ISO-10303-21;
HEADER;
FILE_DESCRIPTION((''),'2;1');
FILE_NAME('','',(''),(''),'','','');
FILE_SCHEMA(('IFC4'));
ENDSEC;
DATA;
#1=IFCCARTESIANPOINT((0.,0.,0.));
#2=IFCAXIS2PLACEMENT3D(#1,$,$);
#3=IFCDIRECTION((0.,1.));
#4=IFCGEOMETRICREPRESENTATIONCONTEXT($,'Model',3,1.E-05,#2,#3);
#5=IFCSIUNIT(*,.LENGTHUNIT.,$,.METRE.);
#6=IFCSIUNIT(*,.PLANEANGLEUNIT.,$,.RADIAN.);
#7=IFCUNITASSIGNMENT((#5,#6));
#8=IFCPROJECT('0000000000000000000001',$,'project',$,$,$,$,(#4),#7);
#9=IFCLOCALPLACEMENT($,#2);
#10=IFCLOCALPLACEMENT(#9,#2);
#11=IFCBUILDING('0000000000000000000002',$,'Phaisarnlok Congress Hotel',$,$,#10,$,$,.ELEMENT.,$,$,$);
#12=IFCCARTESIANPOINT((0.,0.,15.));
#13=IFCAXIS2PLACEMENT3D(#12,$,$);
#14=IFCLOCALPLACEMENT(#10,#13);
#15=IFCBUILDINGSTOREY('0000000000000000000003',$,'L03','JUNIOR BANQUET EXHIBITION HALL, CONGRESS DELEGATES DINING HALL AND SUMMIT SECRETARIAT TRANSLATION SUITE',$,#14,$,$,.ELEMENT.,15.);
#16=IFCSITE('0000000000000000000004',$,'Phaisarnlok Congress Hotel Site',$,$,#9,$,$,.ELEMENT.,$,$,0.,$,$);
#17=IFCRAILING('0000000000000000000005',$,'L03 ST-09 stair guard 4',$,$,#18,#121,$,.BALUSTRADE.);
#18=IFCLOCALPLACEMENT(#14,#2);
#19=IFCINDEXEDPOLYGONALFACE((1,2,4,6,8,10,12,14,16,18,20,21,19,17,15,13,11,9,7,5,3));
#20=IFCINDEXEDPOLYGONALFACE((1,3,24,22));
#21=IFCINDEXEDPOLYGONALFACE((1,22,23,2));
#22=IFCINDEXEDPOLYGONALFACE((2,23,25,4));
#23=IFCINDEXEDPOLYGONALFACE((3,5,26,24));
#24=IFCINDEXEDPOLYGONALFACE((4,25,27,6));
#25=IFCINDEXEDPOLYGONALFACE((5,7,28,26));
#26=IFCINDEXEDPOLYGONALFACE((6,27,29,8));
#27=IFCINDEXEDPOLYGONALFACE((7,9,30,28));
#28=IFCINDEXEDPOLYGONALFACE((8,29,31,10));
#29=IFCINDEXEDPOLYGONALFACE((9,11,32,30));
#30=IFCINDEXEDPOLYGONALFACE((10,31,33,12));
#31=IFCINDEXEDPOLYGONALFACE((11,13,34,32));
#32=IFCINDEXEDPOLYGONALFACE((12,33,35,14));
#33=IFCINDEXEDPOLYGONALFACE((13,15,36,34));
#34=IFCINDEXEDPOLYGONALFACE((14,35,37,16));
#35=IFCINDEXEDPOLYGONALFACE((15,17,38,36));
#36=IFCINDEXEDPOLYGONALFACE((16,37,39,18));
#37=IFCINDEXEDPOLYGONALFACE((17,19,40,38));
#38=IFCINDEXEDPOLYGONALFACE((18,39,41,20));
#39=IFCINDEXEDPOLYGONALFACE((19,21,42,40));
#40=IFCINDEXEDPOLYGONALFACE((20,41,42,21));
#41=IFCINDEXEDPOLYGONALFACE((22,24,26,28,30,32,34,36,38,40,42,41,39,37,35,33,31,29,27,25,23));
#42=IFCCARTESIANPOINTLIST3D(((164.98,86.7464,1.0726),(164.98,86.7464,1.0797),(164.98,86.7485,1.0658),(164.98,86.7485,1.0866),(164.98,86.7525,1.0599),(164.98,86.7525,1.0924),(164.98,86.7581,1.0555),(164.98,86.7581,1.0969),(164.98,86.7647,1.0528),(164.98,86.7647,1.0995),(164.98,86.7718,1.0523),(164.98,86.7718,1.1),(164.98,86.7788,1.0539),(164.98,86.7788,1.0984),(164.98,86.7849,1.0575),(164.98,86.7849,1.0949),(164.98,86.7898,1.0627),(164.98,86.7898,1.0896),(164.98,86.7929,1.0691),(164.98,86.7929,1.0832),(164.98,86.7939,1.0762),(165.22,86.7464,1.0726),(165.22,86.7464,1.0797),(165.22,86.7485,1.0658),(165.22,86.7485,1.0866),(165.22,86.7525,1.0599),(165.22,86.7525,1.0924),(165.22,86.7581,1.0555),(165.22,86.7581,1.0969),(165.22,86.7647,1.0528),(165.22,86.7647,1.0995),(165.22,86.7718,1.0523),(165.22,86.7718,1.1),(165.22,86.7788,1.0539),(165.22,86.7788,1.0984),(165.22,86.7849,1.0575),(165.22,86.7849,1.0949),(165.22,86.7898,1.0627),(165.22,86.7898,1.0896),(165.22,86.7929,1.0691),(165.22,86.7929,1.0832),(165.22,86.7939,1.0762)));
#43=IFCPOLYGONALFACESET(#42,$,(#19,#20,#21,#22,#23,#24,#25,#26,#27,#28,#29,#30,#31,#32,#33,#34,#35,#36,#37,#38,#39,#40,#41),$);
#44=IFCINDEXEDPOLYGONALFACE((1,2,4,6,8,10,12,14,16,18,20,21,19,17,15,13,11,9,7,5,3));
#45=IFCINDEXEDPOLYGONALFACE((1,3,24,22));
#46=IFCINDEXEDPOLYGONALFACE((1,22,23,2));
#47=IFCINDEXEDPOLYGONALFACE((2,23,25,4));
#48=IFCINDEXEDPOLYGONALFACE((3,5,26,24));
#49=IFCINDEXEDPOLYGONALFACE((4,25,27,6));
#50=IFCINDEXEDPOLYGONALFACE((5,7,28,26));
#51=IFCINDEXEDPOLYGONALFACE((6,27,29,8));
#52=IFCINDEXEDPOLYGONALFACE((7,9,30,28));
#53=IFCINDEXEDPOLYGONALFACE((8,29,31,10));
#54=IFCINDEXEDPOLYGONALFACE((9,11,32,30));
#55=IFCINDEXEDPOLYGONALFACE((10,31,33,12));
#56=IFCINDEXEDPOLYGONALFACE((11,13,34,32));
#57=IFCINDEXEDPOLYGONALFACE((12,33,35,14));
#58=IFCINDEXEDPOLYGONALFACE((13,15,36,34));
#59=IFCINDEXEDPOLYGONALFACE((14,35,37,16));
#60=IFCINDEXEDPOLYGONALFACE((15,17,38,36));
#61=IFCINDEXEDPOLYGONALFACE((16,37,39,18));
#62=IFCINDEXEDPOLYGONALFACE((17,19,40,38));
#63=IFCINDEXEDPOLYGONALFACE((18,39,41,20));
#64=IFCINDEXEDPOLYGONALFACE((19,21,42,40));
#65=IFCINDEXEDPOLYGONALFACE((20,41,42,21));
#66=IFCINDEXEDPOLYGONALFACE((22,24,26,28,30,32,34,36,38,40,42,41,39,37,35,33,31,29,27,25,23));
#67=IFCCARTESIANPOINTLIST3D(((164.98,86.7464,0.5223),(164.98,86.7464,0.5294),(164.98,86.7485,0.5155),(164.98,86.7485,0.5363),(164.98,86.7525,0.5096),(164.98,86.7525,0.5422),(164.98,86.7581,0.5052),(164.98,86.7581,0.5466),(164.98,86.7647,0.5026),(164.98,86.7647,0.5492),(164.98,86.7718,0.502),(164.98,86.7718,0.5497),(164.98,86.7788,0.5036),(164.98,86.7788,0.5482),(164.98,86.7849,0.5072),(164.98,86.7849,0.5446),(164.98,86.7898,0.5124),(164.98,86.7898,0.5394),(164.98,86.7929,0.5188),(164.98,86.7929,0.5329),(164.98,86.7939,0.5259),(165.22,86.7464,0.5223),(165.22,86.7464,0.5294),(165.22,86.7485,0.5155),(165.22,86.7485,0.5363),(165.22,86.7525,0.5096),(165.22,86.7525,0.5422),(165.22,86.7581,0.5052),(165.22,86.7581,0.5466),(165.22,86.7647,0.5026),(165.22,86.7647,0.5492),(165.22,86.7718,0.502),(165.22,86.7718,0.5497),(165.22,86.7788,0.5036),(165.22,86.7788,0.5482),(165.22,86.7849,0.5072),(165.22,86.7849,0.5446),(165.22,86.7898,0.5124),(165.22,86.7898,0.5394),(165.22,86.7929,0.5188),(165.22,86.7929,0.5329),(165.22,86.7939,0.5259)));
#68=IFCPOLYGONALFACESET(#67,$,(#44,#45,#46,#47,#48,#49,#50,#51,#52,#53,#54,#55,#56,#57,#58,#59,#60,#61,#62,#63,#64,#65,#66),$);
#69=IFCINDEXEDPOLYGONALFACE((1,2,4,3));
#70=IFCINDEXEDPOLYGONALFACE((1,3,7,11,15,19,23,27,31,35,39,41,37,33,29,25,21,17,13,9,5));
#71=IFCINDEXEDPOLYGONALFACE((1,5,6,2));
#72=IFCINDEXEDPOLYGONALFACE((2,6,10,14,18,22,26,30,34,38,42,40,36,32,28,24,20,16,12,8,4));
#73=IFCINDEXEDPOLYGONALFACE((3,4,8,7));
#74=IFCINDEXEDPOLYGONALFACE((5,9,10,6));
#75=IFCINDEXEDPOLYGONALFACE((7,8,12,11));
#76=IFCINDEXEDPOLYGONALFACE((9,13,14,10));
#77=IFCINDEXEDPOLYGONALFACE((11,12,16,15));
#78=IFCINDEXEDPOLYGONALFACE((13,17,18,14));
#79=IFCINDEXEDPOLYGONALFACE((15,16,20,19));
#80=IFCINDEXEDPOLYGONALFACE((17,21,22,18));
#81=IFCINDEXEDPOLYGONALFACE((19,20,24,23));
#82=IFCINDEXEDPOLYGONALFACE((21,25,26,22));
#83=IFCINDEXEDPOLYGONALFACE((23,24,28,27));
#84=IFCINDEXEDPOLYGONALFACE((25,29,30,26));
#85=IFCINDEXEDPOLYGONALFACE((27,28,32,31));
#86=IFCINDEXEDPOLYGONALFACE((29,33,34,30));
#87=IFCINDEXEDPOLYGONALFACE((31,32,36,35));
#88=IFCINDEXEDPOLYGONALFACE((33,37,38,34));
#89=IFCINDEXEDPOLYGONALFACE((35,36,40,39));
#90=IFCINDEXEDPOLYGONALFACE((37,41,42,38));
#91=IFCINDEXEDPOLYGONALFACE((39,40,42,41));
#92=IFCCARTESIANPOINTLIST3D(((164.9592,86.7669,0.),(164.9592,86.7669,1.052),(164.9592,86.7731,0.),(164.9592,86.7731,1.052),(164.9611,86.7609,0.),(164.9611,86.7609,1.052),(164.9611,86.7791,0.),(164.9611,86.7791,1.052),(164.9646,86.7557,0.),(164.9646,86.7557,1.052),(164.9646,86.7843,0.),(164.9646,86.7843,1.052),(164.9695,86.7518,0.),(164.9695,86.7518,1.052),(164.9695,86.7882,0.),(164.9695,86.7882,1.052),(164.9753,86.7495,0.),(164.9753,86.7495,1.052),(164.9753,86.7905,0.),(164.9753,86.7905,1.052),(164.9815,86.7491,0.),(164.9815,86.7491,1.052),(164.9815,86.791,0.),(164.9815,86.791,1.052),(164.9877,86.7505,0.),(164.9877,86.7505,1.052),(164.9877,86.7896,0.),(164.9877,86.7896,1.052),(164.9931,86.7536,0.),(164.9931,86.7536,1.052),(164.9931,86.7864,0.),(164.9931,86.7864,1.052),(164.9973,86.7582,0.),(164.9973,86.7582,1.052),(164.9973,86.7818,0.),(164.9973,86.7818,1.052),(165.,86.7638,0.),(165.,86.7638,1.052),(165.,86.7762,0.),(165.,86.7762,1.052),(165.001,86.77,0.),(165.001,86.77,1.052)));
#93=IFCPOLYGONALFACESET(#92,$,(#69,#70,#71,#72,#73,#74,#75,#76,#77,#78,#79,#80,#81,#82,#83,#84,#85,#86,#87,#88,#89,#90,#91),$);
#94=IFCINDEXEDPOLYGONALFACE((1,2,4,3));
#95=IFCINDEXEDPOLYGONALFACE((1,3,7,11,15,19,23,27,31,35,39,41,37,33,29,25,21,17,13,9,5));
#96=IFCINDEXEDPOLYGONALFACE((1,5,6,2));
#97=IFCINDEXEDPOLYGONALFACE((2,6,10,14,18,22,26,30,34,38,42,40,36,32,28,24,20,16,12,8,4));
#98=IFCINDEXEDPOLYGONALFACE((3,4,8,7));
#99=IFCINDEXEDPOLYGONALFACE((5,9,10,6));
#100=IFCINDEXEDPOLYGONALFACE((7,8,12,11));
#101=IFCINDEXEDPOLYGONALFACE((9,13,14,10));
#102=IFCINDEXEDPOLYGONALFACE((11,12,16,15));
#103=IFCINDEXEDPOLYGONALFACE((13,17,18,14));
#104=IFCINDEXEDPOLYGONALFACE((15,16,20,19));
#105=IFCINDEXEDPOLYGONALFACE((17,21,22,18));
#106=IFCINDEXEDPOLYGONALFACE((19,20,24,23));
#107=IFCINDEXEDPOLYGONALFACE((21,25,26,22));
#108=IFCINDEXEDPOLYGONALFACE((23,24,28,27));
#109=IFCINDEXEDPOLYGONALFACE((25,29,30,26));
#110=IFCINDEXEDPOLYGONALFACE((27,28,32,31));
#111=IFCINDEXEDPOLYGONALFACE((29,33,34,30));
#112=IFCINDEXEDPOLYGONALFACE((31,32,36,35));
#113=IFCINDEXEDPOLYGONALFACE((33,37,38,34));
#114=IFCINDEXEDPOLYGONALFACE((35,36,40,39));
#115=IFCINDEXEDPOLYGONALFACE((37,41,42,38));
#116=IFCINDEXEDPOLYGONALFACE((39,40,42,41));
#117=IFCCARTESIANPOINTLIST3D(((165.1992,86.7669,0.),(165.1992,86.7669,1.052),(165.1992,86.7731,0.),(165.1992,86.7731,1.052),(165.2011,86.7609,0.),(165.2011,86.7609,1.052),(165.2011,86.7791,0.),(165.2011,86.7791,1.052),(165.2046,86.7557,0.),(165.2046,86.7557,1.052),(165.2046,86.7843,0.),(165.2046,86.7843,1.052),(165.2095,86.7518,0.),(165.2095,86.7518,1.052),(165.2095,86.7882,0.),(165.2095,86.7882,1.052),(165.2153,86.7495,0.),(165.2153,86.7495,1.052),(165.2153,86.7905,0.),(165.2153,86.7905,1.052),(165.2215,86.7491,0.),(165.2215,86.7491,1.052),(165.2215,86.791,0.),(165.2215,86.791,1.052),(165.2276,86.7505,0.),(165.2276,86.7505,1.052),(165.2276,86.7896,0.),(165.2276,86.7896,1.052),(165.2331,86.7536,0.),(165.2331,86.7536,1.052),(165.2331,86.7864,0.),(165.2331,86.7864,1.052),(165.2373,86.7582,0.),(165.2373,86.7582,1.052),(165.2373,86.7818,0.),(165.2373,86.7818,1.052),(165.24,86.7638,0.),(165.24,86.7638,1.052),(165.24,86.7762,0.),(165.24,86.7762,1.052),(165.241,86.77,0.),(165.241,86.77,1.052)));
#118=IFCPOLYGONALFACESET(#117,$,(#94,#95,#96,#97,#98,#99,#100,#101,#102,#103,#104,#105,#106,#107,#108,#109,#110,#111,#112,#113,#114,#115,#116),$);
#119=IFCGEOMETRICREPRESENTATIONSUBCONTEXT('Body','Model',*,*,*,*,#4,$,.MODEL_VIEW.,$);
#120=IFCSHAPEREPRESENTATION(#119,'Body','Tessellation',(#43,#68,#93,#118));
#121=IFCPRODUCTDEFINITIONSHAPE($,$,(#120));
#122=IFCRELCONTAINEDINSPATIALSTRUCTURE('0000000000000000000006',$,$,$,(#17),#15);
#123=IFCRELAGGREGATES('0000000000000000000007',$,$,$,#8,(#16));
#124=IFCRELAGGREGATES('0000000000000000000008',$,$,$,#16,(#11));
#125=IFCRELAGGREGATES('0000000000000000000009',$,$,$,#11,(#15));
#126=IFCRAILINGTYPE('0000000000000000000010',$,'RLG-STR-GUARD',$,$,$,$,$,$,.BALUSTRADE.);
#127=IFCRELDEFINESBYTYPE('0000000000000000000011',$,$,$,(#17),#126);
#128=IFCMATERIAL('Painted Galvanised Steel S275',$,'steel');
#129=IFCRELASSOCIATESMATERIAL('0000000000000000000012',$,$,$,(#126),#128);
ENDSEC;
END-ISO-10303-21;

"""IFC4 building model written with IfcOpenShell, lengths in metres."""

from ifc_helpers import new_model, si_unit, direction, frame, origin, origin_2d, place, context, subcontext, project, spatial, circle, extrude, material, type_object, element, save


model = new_model("IFC4")

# Units and contexts
model_context = context("Model", 3, precision=1e-05, world=origin(), true_north=direction((0.0, 1.0)))
body_context = subcontext(model_context, "Body", "Model", "MODEL_VIEW")
ifc_project = project(units=[si_unit("LENGTHUNIT", "METRE"), si_unit("PLANEANGLEUNIT", "RADIAN")], contexts=[model_context])

# Site, building, storey
site_placement = place(None, origin())
site = spatial("IfcSite", under=ifc_project, at=site_placement, Name="Phaisarnlok Congress Hotel Site", CompositionType="ELEMENT", RefElevation=0.0)
building_placement = place(site_placement, origin())
building = spatial("IfcBuilding", under=site, at=building_placement, Name="Phaisarnlok Congress Hotel", CompositionType="ELEMENT")
storey_placement = place(building_placement, frame((0.0, 0.0, 15.0)))
storey = spatial("IfcBuildingStorey", under=building, at=storey_placement, Name="L03", Description="JUNIOR BANQUET EXHIBITION HALL, CONGRESS DELEGATES DINING HALL AND SUMMIT SECRETARIAT TRANSLATION SUITE", CompositionType="ELEMENT", Elevation=15.0)

# Railing
ifc_material_1 = material(Name="Painted Galvanised Steel S275", Category="steel")
railing_type_1 = type_object("IfcRailingType", Name="RLG-STR-GUARD", PredefinedType="BALUSTRADE", material=ifc_material_1)
railing_1_placement = place(storey_placement, frame((164.98, 86.77, 0.0)))
element("IfcRailing", 1, at=railing_1_placement, inside=storey, type_object=railing_type_1, Name="L03 ST-09 stair guard 4", PredefinedType="BALUSTRADE", context=body_context, shape_type="SweptSolid", body=[
    extrude(circle(Radius=0.0239, at=origin_2d()), frame((0.0, 0.0, 1.0762), z_axis=(1.0, 0.0, 0.0), x_axis=(0.0, 1.0, 0.0)), (0.0, 0.0, 1.0), 0.24),
    extrude(circle(Radius=0.0239, at=origin_2d()), frame((0.0, 0.0, 0.5259), z_axis=(1.0, 0.0, 0.0), x_axis=(0.0, 1.0, 0.0)), (0.0, 0.0, 1.0), 0.24),
    extrude(circle(Radius=0.021, at=origin_2d()), origin(), (0.0, 0.0, 1.0), 1.052),
    extrude(circle(Radius=0.021, at=origin_2d()), frame((0.24, 0.0, 0.0)), (0.0, 0.0, 1.0), 1.052),
])

save(model, "model.ifc")
